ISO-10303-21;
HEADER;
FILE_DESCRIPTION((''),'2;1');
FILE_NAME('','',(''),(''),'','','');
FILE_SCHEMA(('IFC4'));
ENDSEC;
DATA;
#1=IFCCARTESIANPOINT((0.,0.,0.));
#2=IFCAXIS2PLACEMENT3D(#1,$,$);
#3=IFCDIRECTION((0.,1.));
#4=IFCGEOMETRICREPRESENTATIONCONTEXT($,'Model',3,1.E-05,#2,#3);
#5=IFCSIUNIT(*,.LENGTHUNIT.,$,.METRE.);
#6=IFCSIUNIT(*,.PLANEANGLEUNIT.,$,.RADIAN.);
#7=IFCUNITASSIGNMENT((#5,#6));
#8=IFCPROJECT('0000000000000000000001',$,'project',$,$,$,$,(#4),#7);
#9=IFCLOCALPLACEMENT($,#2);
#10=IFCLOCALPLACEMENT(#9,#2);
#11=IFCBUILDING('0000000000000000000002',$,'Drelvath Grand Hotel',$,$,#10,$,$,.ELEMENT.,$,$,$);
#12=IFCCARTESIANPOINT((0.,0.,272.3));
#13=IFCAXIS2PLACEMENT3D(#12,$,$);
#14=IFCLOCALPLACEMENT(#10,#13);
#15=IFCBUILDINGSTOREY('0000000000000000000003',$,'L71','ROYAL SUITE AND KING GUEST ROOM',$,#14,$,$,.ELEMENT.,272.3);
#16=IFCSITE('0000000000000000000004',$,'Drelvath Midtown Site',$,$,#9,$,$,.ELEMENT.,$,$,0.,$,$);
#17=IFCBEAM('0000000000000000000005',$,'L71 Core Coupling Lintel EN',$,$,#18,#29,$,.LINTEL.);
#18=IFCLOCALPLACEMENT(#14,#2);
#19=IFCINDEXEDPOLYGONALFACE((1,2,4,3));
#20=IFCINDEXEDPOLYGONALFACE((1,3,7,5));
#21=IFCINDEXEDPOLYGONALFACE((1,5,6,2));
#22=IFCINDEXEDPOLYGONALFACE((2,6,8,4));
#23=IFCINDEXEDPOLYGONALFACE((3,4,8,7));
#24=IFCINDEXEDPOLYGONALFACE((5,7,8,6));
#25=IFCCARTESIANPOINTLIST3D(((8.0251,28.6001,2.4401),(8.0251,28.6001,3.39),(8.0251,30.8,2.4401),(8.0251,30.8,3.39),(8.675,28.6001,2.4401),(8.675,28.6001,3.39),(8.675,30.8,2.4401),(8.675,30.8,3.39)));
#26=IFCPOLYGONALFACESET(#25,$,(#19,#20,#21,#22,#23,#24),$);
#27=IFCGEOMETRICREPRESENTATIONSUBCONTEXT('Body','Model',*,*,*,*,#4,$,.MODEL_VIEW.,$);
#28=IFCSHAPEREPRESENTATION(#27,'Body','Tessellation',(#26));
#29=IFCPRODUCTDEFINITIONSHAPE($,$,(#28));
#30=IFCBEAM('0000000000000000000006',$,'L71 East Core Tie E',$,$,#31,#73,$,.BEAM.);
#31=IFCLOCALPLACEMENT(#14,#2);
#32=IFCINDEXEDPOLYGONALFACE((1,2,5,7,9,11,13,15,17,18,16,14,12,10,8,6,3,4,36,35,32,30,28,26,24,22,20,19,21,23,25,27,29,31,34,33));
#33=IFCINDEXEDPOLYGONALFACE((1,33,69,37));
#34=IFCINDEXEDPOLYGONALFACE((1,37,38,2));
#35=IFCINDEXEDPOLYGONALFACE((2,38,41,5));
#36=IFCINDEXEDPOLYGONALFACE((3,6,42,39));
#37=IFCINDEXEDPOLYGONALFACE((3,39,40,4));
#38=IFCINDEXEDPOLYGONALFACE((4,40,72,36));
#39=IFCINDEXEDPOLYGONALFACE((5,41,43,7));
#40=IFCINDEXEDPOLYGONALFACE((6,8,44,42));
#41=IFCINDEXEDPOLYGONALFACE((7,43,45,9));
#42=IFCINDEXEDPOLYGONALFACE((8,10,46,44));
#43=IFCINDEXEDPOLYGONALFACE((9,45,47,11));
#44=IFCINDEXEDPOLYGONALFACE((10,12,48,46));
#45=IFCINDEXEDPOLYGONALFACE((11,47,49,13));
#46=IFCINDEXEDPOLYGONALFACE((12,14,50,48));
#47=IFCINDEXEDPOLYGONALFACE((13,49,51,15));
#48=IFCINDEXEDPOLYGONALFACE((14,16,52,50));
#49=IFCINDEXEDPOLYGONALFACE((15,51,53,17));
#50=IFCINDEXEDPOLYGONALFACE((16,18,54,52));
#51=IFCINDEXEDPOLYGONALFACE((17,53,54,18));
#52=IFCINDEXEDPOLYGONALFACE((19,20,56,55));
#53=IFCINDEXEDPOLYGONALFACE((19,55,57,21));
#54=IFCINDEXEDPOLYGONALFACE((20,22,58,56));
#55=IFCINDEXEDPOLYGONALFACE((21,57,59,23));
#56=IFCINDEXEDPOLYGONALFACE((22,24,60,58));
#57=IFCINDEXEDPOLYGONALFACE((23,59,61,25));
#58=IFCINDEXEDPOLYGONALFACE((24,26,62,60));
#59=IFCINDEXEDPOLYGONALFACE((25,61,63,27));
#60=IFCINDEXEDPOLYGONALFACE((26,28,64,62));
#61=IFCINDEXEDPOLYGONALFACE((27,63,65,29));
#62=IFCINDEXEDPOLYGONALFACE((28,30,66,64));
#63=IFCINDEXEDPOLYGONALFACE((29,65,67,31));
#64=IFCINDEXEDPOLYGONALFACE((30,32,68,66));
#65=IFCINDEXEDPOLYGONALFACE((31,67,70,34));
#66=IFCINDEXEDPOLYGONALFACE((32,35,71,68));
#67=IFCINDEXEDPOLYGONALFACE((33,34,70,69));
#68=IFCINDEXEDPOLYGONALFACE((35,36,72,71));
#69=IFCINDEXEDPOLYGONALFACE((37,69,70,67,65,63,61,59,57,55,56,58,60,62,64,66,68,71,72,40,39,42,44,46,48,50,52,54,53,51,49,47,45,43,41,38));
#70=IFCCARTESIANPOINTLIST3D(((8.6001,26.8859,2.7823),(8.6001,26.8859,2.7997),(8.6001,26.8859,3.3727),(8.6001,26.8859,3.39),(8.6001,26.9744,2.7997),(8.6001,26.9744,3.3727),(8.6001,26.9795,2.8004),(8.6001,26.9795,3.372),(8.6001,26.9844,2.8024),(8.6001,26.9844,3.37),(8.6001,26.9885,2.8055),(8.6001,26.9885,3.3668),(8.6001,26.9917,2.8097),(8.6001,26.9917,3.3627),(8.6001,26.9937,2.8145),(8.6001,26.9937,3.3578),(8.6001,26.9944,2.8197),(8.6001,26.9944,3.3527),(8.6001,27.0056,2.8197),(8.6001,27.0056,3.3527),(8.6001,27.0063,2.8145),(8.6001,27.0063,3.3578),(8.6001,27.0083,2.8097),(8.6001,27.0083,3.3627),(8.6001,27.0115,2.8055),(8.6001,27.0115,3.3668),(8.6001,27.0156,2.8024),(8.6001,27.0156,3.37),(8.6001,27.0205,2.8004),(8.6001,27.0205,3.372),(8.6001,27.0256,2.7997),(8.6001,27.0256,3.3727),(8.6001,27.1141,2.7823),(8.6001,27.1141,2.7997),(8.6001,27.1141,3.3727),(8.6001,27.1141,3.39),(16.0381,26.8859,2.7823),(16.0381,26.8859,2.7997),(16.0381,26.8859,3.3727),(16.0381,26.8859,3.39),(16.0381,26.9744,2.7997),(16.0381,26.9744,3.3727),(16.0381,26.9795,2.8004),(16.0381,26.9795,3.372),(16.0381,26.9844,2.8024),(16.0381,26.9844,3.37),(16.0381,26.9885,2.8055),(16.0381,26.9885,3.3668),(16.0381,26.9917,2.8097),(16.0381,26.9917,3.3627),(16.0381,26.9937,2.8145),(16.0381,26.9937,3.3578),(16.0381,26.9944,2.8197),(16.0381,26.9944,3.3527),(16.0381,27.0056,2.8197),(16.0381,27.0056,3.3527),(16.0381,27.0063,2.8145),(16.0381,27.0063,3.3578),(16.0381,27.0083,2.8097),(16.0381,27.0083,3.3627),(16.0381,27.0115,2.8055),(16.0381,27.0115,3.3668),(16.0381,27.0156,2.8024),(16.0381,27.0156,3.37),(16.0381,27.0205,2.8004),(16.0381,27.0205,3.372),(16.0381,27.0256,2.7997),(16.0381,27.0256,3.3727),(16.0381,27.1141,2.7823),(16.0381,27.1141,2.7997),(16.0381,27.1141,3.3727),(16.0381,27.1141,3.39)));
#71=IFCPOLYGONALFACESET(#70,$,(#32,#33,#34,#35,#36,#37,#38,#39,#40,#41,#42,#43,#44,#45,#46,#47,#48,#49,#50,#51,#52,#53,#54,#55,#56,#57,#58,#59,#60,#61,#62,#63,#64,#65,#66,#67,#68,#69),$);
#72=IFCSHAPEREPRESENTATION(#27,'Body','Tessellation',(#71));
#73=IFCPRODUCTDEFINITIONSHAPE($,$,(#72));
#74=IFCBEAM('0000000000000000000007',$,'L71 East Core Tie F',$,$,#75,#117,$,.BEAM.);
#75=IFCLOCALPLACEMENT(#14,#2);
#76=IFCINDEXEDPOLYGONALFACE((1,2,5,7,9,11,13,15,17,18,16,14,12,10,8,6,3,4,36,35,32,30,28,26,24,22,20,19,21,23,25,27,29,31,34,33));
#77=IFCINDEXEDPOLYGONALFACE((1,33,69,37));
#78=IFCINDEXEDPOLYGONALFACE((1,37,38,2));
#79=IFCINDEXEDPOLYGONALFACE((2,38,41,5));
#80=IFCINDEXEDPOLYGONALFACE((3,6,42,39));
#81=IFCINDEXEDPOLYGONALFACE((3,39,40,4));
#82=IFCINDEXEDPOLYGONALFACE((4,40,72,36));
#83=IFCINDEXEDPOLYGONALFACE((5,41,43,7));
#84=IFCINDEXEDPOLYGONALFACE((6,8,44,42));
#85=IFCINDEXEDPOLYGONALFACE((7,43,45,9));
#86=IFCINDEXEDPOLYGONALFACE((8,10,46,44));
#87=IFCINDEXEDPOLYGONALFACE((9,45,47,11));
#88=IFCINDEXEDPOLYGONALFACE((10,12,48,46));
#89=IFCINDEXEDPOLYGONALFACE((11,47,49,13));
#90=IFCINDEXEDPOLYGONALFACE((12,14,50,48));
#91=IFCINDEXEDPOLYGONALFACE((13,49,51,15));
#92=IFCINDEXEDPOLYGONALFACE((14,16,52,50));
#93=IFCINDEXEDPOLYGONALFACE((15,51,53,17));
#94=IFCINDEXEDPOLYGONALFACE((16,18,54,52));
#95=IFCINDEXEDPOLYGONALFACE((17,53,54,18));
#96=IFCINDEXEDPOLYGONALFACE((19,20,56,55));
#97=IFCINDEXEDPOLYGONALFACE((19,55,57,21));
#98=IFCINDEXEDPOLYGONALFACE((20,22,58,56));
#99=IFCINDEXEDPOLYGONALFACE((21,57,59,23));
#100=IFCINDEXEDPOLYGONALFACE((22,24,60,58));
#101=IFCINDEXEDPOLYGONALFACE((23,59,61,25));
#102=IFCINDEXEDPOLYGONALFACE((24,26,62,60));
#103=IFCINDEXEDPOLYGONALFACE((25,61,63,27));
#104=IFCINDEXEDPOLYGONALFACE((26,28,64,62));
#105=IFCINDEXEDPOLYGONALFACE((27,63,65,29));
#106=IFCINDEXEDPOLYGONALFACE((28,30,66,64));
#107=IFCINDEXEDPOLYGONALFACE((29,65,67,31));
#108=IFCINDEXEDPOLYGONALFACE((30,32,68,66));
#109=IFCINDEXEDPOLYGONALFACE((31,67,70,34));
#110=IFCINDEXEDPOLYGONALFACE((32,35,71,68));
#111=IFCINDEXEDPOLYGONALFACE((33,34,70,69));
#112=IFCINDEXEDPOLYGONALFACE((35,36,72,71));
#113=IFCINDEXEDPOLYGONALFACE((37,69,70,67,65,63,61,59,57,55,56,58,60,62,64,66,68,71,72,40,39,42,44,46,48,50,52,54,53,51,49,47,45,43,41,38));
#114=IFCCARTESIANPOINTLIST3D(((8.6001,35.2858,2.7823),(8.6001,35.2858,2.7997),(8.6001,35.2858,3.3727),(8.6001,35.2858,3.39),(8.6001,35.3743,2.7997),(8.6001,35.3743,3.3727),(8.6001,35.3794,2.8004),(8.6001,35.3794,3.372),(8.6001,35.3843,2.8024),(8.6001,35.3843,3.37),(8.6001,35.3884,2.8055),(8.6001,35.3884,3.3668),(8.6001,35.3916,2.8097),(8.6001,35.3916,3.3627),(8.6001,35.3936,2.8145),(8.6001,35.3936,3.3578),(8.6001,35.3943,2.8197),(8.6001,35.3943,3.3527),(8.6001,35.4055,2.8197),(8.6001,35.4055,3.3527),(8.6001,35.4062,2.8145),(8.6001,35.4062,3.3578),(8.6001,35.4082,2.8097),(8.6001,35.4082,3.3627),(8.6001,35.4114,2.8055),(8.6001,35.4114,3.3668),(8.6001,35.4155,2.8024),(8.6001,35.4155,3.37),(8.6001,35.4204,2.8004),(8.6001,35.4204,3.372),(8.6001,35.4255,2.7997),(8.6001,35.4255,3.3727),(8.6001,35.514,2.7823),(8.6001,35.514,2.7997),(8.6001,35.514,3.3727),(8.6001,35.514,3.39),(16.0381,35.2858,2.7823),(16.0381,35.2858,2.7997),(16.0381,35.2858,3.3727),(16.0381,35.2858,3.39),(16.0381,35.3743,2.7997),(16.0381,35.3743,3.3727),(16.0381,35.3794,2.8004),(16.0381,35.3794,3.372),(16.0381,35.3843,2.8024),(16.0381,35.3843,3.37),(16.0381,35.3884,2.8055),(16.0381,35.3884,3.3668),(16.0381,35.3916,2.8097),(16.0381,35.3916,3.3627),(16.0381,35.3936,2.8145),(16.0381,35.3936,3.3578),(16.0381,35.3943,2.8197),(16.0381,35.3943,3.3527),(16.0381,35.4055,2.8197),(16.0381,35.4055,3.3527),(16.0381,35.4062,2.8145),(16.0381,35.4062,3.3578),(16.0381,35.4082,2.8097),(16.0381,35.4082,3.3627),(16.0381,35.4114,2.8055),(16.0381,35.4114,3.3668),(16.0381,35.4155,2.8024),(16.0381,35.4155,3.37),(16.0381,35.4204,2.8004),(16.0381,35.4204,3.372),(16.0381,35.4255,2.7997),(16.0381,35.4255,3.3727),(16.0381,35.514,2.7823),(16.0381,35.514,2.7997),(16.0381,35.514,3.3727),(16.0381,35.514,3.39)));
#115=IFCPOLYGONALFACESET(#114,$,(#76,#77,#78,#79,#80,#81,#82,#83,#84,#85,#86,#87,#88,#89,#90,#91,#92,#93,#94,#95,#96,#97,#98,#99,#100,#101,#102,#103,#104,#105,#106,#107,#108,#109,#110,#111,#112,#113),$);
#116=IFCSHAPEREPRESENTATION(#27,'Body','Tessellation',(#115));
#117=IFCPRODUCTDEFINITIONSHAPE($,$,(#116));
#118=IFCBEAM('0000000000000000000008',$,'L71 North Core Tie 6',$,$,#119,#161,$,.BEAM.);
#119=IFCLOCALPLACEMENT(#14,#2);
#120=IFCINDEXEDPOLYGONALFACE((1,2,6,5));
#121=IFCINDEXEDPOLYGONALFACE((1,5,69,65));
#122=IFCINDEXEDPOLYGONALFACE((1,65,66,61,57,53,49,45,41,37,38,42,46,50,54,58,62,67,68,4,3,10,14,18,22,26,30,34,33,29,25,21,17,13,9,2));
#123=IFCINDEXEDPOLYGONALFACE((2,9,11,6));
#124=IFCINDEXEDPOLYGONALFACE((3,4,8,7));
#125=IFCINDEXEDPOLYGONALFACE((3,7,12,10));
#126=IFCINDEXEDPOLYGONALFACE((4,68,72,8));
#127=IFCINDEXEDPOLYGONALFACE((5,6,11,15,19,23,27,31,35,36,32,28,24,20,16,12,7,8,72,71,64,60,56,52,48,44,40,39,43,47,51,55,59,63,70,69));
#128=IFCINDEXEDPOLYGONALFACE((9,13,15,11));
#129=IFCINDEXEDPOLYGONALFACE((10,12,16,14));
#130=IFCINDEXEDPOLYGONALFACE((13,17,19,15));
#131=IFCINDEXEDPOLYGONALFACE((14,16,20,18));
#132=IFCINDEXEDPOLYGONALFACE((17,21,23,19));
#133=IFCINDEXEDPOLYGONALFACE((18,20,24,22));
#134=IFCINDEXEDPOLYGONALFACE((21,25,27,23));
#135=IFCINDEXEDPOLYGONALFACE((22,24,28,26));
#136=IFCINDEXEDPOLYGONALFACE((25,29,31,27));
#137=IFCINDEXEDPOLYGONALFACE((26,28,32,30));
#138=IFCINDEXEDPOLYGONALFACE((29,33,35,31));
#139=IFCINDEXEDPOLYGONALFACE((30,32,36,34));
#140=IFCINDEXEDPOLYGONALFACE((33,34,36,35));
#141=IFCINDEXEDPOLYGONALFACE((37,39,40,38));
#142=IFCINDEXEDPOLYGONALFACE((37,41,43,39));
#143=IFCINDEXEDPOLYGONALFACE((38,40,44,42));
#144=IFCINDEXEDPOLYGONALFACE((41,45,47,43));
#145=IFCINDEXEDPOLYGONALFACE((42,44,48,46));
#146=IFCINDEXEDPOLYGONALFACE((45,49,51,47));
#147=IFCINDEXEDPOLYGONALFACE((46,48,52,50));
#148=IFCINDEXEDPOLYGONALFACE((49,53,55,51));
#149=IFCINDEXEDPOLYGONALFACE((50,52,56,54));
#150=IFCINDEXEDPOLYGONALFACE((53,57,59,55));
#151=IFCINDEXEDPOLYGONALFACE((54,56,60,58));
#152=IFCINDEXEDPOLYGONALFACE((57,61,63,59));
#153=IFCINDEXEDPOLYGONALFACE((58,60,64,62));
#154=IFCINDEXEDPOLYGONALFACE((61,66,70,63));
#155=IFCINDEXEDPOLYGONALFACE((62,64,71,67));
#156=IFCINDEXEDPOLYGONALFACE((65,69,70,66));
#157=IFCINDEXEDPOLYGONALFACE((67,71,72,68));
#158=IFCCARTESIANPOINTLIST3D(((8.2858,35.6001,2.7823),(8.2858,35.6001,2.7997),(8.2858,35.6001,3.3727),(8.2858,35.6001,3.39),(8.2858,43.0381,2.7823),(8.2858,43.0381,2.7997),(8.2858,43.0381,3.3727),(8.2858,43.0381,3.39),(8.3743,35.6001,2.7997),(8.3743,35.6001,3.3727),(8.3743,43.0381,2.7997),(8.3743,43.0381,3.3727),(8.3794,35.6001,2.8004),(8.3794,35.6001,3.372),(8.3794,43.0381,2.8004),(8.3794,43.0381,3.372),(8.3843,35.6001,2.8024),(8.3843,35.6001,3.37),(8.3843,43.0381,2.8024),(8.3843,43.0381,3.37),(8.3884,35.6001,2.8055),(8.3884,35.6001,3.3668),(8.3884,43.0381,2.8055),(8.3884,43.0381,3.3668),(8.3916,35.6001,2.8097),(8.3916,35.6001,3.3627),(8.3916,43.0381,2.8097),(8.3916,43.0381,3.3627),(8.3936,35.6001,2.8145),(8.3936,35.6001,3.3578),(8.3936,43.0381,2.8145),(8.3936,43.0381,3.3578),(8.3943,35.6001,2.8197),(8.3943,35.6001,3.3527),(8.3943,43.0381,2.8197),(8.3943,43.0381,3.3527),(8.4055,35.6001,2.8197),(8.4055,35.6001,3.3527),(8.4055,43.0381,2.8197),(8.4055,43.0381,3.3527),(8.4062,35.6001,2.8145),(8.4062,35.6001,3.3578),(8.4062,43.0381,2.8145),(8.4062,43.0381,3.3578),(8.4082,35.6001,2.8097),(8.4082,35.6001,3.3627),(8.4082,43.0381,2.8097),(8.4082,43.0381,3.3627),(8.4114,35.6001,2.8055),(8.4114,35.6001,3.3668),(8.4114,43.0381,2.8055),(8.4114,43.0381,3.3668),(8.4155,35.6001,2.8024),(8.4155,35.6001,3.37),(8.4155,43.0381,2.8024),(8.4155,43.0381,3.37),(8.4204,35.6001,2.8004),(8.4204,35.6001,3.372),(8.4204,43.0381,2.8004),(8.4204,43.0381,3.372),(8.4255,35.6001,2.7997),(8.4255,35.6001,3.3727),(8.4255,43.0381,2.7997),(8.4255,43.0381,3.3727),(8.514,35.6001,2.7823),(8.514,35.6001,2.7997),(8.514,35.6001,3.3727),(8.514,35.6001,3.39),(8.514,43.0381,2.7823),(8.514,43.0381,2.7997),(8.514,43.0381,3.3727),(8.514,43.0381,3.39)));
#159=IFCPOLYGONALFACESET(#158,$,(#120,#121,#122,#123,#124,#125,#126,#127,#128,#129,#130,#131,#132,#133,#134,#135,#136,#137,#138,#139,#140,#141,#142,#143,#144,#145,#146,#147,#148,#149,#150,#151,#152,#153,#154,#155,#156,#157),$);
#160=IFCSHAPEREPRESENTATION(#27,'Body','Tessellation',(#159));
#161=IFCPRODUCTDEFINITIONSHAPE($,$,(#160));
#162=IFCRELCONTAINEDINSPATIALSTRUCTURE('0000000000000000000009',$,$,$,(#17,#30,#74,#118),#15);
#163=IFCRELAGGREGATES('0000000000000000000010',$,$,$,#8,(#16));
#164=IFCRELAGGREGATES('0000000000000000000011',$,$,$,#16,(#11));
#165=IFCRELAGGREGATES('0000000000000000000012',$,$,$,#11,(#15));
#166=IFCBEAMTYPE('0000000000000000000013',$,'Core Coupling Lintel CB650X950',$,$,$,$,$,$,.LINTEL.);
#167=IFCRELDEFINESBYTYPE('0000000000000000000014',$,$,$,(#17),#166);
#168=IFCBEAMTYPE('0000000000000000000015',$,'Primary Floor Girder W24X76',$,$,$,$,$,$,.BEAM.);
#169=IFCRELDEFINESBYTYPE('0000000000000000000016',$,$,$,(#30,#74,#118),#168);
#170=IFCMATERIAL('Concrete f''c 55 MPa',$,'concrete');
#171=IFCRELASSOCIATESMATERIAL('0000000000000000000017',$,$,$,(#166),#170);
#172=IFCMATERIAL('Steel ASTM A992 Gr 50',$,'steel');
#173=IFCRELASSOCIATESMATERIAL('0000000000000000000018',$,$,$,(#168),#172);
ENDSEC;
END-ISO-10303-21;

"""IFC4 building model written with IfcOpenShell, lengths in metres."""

from ifc_helpers import new_model, si_unit, direction, frame, origin, origin_2d, place, context, subcontext, project, spatial, rectangle, i_section, extrude, material, material_profile, profile_set, type_object, element, save


model = new_model("IFC4")

# Units and contexts
model_context = context("Model", 3, precision=1e-05, world=origin(), true_north=direction((0.0, 1.0)))
body_context = subcontext(model_context, "Body", "Model", "MODEL_VIEW")
ifc_project = project(units=[si_unit("LENGTHUNIT", "METRE"), si_unit("PLANEANGLEUNIT", "RADIAN")], contexts=[model_context])

# Site, building, storey
site_placement = place(None, origin())
site = spatial("IfcSite", under=ifc_project, at=site_placement, Name="Drelvath Midtown Site", CompositionType="ELEMENT", RefElevation=0.0)
building_placement = place(site_placement, origin())
building = spatial("IfcBuilding", under=site, at=building_placement, Name="Drelvath Grand Hotel", CompositionType="ELEMENT")
storey_placement = place(building_placement, frame((0.0, 0.0, 272.3)))
storey = spatial("IfcBuildingStorey", under=building, at=storey_placement, Name="L71", Description="ROYAL SUITE AND KING GUEST ROOM", CompositionType="ELEMENT", Elevation=272.3)

# Beams
ifc_material_1 = material(Name="Concrete f'c 55 MPa", Category="concrete")
ifc_material_profile_1 = material_profile(ifc_material_1, rectangle(XDim=0.6499, YDim=0.95, at=origin_2d()), Name="CB650X950")
ifc_profile_set_1 = profile_set([ifc_material_profile_1], Name="Concrete f'c 55 MPa")
beam_type_1 = type_object("IfcBeamType", Name="Core Coupling Lintel CB650X950", PredefinedType="LINTEL", material=ifc_profile_set_1)
beam_placement = place(storey_placement, frame((8.3501, 28.6001, 2.915), z_axis=(0.0, 1.0, 0.0), x_axis=(-1.0, 0.0, 0.0)))
element("IfcBeam", 1, at=beam_placement, inside=storey, type_object=beam_type_1, Name="L71 Core Coupling Lintel EN", PredefinedType="LINTEL", context=body_context, shape_type="SweptSolid", body=[
    extrude(rectangle(XDim=0.6499, YDim=0.95, at=origin_2d()), origin(), (0.0, 0.0, 1.0), 2.2),
])
ifc_material_2 = material(Name="Steel ASTM A992 Gr 50", Category="steel")
ifc_material_profile_2 = material_profile(ifc_material_2, i_section(OverallWidth=0.2283, OverallDepth=0.6077, WebThickness=0.0112, FlangeThickness=0.0173, FilletRadius=0.02, at=origin_2d()), Name="W24X76")
ifc_profile_set_2 = profile_set([ifc_material_profile_2], Name="Steel ASTM A992 Gr 50")
beam_type_2 = type_object("IfcBeamType", Name="Primary Floor Girder W24X76", PredefinedType="BEAM", material=ifc_profile_set_2)
for number, where, z_axis, x_axis, name in (
    (2, (8.6001, 27.0, 3.0862), (1.0, 0.0, 0.0), (0.0, 1.0, 0.0), "L71 East Core Tie E"),
    (3, (8.6001, 35.3999, 3.0862), (1.0, 0.0, 0.0), (0.0, 1.0, 0.0), "L71 East Core Tie F"),
    (4, (8.3999, 35.6001, 3.0862), (0.0, 1.0, 0.0), (-1.0, 0.0, 0.0), "L71 North Core Tie 6"),
):
    element("IfcBeam", number, at=place(storey_placement, frame(where, z_axis=z_axis, x_axis=x_axis)), inside=storey, type_object=beam_type_2, Name=name, PredefinedType="BEAM", context=body_context, shape_type="SweptSolid", body=[
        extrude(i_section(OverallWidth=0.2283, OverallDepth=0.6077, WebThickness=0.0112, FlangeThickness=0.0173, FilletRadius=0.02, at=origin_2d()), origin(), (0.0, 0.0, 1.0), 7.438),
    ])

save(model, "model.ifc")
